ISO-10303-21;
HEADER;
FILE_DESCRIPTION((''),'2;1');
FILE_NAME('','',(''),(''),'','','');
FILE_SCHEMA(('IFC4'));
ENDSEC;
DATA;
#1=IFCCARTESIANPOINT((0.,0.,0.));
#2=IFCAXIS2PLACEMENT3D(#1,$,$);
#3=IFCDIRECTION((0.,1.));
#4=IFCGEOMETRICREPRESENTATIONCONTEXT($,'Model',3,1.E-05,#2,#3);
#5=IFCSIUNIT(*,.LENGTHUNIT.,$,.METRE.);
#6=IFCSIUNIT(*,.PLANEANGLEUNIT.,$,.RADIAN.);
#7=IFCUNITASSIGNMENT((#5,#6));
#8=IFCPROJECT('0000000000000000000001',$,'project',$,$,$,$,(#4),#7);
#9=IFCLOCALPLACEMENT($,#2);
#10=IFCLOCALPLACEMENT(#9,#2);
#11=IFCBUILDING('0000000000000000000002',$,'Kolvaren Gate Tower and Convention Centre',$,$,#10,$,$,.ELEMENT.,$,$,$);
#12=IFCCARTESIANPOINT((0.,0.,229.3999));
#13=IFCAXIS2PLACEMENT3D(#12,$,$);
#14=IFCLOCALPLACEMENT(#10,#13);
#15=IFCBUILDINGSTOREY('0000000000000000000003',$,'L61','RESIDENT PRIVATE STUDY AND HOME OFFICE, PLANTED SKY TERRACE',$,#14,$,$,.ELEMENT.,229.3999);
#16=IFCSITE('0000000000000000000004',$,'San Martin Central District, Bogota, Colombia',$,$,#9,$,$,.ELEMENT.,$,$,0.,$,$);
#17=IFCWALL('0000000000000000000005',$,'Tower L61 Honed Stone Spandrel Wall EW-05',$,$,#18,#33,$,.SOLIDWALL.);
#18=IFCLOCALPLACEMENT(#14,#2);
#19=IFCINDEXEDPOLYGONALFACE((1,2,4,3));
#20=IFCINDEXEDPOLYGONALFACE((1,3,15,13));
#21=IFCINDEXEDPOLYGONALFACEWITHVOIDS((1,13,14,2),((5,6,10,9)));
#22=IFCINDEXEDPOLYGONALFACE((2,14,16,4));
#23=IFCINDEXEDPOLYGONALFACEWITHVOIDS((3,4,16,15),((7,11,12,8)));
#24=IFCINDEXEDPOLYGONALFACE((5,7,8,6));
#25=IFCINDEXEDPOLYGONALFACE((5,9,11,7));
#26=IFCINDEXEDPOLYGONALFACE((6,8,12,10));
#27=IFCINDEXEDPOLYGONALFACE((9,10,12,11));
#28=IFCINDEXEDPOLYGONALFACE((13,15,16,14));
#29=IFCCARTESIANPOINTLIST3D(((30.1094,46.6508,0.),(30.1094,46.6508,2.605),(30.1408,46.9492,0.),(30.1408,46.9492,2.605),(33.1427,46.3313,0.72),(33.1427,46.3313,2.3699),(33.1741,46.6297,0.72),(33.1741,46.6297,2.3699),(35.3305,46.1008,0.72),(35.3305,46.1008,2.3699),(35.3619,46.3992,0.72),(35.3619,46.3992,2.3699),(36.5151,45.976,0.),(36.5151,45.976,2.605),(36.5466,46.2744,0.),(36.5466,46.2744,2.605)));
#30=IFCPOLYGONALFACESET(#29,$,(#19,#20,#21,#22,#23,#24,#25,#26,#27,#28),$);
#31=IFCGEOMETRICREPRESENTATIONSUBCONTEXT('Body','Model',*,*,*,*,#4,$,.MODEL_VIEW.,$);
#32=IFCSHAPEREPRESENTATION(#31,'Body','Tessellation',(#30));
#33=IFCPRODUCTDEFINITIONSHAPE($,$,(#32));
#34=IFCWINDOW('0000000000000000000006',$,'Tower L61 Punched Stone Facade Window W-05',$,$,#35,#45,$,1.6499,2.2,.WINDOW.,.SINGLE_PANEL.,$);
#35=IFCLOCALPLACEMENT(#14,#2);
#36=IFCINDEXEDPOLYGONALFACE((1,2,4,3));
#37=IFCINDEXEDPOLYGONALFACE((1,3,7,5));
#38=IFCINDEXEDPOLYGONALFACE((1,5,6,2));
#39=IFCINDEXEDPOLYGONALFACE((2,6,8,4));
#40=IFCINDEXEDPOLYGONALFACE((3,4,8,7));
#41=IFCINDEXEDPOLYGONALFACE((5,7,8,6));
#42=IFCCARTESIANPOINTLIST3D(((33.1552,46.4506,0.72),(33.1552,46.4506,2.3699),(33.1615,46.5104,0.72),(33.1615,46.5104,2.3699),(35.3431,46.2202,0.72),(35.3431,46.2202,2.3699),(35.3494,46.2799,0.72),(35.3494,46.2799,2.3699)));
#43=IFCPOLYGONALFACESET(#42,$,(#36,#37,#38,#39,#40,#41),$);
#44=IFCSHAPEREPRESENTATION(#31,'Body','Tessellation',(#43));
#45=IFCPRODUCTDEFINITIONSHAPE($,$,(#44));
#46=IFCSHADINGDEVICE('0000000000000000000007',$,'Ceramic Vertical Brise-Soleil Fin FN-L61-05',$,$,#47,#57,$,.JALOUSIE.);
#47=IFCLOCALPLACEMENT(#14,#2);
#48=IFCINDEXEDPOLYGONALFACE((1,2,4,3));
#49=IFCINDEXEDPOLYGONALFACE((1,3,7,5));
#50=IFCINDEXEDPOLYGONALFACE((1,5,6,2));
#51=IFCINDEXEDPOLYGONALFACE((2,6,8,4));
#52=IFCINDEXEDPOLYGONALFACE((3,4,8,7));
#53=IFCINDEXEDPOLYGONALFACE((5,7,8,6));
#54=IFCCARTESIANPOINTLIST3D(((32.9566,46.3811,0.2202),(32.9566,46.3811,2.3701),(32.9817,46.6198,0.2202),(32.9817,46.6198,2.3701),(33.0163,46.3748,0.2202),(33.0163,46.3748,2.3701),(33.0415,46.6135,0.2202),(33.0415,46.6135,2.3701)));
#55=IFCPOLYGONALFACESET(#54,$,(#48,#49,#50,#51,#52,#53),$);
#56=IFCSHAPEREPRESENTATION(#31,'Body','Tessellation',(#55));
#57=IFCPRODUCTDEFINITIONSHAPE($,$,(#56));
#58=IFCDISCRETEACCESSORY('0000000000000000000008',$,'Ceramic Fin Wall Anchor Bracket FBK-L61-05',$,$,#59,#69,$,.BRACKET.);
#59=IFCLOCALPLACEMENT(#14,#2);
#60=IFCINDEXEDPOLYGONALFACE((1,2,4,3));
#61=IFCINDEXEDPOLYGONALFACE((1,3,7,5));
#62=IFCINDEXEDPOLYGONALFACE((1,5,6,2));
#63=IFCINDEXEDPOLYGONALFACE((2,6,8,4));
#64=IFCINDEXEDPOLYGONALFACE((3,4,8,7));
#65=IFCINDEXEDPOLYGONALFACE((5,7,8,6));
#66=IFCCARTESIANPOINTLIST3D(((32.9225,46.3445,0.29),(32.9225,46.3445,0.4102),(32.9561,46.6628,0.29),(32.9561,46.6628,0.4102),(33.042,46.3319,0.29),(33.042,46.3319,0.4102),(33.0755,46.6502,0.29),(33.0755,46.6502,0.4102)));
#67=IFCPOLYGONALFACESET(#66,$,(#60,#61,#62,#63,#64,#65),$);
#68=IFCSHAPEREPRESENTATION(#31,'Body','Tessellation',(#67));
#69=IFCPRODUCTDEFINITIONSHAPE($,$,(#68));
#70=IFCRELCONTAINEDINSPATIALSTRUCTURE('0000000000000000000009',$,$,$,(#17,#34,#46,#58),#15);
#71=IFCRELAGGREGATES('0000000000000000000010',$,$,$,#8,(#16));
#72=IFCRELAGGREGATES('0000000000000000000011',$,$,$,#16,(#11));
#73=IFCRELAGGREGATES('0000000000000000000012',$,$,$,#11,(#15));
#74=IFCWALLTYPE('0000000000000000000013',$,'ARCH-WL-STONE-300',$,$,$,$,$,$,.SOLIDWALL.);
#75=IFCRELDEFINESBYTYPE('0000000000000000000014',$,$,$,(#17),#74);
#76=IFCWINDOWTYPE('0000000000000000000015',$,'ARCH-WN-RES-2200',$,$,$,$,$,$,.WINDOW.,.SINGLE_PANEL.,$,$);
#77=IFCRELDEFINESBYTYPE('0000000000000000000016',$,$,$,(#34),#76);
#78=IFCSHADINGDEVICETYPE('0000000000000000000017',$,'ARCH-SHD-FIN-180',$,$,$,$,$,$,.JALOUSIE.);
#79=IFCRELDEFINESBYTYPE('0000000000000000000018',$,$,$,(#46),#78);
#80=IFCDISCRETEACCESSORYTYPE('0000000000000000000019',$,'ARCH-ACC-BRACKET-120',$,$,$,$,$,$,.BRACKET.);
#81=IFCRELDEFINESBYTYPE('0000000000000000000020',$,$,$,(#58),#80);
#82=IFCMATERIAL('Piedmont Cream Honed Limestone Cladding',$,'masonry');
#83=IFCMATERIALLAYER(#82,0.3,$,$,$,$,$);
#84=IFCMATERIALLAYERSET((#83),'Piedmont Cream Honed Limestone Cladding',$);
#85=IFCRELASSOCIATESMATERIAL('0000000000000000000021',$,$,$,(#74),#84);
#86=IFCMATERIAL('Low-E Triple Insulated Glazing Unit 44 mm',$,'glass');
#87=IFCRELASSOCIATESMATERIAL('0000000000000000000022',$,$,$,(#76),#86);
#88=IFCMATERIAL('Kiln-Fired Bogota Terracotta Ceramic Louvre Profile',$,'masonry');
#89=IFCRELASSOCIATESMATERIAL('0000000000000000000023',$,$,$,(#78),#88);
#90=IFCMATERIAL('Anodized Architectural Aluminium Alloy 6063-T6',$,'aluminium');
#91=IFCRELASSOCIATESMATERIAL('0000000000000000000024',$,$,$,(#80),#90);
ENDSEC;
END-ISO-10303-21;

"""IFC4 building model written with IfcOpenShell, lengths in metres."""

from ifc_helpers import new_model, si_unit, direction, frame, frame_2d, origin, origin_2d, place, context, subcontext, project, spatial, rectangle, extrude, material, layer, layer_set, type_object, element, fill, save


model = new_model("IFC4")

# Units and contexts
model_context = context("Model", 3, precision=1e-05, world=origin(), true_north=direction((0.0, 1.0)))
body_context = subcontext(model_context, "Body", "Model", "MODEL_VIEW")
ifc_project = project(units=[si_unit("LENGTHUNIT", "METRE"), si_unit("PLANEANGLEUNIT", "RADIAN")], contexts=[model_context])

# Site, building, storey
site_placement = place(None, origin())
site = spatial("IfcSite", under=ifc_project, at=site_placement, Name="San Martin Central District, Bogota, Colombia", CompositionType="ELEMENT", RefElevation=0.0)
building_placement = place(site_placement, origin())
building = spatial("IfcBuilding", under=site, at=building_placement, Name="Kolvaren Gate Tower and Convention Centre", CompositionType="ELEMENT")
storey_placement = place(building_placement, frame((0.0, 0.0, 229.3999)))
storey = spatial("IfcBuildingStorey", under=building, at=storey_placement, Name="L61", Description="RESIDENT PRIVATE STUDY AND HOME OFFICE, PLANTED SKY TERRACE", CompositionType="ELEMENT", Elevation=229.3999)

# Wall, opening, window
ifc_material_1 = material(Name="Piedmont Cream Honed Limestone Cladding", Category="masonry")
ifc_layer_1 = layer(ifc_material_1, 0.3)
ifc_layer_set_1 = layer_set([ifc_layer_1], Name="Piedmont Cream Honed Limestone Cladding")
wall_type_1 = type_object("IfcWallType", Name="ARCH-WL-STONE-300", PredefinedType="SOLIDWALL", material=ifc_layer_set_1)
ifc_material_2 = material(Name="Low-E Triple Insulated Glazing Unit 44 mm", Category="glass")
window_type = type_object("IfcWindowType", Name="ARCH-WN-RES-2200", PartitioningType="SINGLE_PANEL", PredefinedType="WINDOW", material=ifc_material_2)
wall_1_placement = place(storey_placement, frame((30.125, 46.8, 0.0), z_axis=(0.0, 0.0, 1.0), x_axis=(0.994497, -0.104764, 0.0)))
wall_1 = element("IfcWall", 1, at=wall_1_placement, inside=storey, type_object=wall_type_1, Name="Tower L61 Honed Stone Spandrel Wall EW-05", PredefinedType="SOLIDWALL", context=body_context, shape_type="SweptSolid", body=[
    extrude(rectangle(XDim=6.4412, YDim=0.3, at=frame_2d((3.2207, 0.0))), origin(), (0.0, 0.0, 1.0), 2.605),
])
opening_1_placement = place(wall_1_placement, frame((3.05, 0.0, 0.72)))
opening_1 = element("IfcOpeningElement", 2, at=opening_1_placement, cuts=wall_1, PredefinedType="OPENING", context=body_context, shape_type="SweptSolid", body=[
    extrude(rectangle(XDim=2.2, YDim=1.6499, at=frame_2d((1.1001, 0.825))), frame((0.0, 0.1599, 0.0), z_axis=(0.0, -1.0, 0.0), x_axis=(1.0, 0.0, 0.0)), (0.0, 0.0, 1.0), 0.3201),
])
window_1_placement = place(opening_1_placement, origin())
window_1 = element("IfcWindow", 3, at=window_1_placement, inside=storey, type_object=window_type, Name="Tower L61 Punched Stone Facade Window W-05", OverallHeight=1.6499, OverallWidth=2.2, PartitioningType="SINGLE_PANEL", PredefinedType="WINDOW", context=body_context, shape_type="SweptSolid", body=[
    extrude(rectangle(XDim=2.2, YDim=1.6499, at=frame_2d((1.1001, 0.825))), frame((0.0, 0.03, 0.0), z_axis=(0.0, -1.0, 0.0), x_axis=(1.0, 0.0, 0.0)), (0.0, 0.0, 1.0), 0.0601),
])
fill(opening_1, window_1)

# Shading device
ifc_material_3 = material(Name="Kiln-Fired Bogota Terracotta Ceramic Louvre Profile", Category="masonry")
shading_device_type = type_object("IfcShadingDeviceType", Name="ARCH-SHD-FIN-180", PredefinedType="JALOUSIE", material=ifc_material_3)
shading_device_placement = place(storey_placement, frame((32.999, 46.4973, 0.2202), z_axis=(0.0, 0.0, 1.0), x_axis=(0.994499, -0.104747, 0.0)))
element("IfcShadingDevice", 4, at=shading_device_placement, inside=storey, type_object=shading_device_type, Name="Ceramic Vertical Brise-Soleil Fin FN-L61-05", PredefinedType="JALOUSIE", context=body_context, shape_type="SweptSolid", body=[
    extrude(rectangle(XDim=0.0601, YDim=0.24, at=origin_2d()), origin(), (0.0, 0.0, 1.0), 2.1499),
])

# Discrete accessory
ifc_material_4 = material(Name="Anodized Architectural Aluminium Alloy 6063-T6", Category="aluminium")
discrete_accessory_type = type_object("IfcDiscreteAccessoryType", Name="ARCH-ACC-BRACKET-120", PredefinedType="BRACKET", material=ifc_material_4)
discrete_accessory_placement = place(storey_placement, frame((32.999, 46.4973, 0.29), z_axis=(0.0, 0.0, 1.0), x_axis=(0.994499, -0.104747, 0.0)))
element("IfcDiscreteAccessory", 5, at=discrete_accessory_placement, inside=storey, type_object=discrete_accessory_type, Name="Ceramic Fin Wall Anchor Bracket FBK-L61-05", PredefinedType="BRACKET", context=body_context, shape_type="SweptSolid", body=[
    extrude(rectangle(XDim=0.1201, YDim=0.3201, at=origin_2d()), origin(), (0.0, 0.0, 1.0), 0.1201),
])

save(model, "model.ifc")
